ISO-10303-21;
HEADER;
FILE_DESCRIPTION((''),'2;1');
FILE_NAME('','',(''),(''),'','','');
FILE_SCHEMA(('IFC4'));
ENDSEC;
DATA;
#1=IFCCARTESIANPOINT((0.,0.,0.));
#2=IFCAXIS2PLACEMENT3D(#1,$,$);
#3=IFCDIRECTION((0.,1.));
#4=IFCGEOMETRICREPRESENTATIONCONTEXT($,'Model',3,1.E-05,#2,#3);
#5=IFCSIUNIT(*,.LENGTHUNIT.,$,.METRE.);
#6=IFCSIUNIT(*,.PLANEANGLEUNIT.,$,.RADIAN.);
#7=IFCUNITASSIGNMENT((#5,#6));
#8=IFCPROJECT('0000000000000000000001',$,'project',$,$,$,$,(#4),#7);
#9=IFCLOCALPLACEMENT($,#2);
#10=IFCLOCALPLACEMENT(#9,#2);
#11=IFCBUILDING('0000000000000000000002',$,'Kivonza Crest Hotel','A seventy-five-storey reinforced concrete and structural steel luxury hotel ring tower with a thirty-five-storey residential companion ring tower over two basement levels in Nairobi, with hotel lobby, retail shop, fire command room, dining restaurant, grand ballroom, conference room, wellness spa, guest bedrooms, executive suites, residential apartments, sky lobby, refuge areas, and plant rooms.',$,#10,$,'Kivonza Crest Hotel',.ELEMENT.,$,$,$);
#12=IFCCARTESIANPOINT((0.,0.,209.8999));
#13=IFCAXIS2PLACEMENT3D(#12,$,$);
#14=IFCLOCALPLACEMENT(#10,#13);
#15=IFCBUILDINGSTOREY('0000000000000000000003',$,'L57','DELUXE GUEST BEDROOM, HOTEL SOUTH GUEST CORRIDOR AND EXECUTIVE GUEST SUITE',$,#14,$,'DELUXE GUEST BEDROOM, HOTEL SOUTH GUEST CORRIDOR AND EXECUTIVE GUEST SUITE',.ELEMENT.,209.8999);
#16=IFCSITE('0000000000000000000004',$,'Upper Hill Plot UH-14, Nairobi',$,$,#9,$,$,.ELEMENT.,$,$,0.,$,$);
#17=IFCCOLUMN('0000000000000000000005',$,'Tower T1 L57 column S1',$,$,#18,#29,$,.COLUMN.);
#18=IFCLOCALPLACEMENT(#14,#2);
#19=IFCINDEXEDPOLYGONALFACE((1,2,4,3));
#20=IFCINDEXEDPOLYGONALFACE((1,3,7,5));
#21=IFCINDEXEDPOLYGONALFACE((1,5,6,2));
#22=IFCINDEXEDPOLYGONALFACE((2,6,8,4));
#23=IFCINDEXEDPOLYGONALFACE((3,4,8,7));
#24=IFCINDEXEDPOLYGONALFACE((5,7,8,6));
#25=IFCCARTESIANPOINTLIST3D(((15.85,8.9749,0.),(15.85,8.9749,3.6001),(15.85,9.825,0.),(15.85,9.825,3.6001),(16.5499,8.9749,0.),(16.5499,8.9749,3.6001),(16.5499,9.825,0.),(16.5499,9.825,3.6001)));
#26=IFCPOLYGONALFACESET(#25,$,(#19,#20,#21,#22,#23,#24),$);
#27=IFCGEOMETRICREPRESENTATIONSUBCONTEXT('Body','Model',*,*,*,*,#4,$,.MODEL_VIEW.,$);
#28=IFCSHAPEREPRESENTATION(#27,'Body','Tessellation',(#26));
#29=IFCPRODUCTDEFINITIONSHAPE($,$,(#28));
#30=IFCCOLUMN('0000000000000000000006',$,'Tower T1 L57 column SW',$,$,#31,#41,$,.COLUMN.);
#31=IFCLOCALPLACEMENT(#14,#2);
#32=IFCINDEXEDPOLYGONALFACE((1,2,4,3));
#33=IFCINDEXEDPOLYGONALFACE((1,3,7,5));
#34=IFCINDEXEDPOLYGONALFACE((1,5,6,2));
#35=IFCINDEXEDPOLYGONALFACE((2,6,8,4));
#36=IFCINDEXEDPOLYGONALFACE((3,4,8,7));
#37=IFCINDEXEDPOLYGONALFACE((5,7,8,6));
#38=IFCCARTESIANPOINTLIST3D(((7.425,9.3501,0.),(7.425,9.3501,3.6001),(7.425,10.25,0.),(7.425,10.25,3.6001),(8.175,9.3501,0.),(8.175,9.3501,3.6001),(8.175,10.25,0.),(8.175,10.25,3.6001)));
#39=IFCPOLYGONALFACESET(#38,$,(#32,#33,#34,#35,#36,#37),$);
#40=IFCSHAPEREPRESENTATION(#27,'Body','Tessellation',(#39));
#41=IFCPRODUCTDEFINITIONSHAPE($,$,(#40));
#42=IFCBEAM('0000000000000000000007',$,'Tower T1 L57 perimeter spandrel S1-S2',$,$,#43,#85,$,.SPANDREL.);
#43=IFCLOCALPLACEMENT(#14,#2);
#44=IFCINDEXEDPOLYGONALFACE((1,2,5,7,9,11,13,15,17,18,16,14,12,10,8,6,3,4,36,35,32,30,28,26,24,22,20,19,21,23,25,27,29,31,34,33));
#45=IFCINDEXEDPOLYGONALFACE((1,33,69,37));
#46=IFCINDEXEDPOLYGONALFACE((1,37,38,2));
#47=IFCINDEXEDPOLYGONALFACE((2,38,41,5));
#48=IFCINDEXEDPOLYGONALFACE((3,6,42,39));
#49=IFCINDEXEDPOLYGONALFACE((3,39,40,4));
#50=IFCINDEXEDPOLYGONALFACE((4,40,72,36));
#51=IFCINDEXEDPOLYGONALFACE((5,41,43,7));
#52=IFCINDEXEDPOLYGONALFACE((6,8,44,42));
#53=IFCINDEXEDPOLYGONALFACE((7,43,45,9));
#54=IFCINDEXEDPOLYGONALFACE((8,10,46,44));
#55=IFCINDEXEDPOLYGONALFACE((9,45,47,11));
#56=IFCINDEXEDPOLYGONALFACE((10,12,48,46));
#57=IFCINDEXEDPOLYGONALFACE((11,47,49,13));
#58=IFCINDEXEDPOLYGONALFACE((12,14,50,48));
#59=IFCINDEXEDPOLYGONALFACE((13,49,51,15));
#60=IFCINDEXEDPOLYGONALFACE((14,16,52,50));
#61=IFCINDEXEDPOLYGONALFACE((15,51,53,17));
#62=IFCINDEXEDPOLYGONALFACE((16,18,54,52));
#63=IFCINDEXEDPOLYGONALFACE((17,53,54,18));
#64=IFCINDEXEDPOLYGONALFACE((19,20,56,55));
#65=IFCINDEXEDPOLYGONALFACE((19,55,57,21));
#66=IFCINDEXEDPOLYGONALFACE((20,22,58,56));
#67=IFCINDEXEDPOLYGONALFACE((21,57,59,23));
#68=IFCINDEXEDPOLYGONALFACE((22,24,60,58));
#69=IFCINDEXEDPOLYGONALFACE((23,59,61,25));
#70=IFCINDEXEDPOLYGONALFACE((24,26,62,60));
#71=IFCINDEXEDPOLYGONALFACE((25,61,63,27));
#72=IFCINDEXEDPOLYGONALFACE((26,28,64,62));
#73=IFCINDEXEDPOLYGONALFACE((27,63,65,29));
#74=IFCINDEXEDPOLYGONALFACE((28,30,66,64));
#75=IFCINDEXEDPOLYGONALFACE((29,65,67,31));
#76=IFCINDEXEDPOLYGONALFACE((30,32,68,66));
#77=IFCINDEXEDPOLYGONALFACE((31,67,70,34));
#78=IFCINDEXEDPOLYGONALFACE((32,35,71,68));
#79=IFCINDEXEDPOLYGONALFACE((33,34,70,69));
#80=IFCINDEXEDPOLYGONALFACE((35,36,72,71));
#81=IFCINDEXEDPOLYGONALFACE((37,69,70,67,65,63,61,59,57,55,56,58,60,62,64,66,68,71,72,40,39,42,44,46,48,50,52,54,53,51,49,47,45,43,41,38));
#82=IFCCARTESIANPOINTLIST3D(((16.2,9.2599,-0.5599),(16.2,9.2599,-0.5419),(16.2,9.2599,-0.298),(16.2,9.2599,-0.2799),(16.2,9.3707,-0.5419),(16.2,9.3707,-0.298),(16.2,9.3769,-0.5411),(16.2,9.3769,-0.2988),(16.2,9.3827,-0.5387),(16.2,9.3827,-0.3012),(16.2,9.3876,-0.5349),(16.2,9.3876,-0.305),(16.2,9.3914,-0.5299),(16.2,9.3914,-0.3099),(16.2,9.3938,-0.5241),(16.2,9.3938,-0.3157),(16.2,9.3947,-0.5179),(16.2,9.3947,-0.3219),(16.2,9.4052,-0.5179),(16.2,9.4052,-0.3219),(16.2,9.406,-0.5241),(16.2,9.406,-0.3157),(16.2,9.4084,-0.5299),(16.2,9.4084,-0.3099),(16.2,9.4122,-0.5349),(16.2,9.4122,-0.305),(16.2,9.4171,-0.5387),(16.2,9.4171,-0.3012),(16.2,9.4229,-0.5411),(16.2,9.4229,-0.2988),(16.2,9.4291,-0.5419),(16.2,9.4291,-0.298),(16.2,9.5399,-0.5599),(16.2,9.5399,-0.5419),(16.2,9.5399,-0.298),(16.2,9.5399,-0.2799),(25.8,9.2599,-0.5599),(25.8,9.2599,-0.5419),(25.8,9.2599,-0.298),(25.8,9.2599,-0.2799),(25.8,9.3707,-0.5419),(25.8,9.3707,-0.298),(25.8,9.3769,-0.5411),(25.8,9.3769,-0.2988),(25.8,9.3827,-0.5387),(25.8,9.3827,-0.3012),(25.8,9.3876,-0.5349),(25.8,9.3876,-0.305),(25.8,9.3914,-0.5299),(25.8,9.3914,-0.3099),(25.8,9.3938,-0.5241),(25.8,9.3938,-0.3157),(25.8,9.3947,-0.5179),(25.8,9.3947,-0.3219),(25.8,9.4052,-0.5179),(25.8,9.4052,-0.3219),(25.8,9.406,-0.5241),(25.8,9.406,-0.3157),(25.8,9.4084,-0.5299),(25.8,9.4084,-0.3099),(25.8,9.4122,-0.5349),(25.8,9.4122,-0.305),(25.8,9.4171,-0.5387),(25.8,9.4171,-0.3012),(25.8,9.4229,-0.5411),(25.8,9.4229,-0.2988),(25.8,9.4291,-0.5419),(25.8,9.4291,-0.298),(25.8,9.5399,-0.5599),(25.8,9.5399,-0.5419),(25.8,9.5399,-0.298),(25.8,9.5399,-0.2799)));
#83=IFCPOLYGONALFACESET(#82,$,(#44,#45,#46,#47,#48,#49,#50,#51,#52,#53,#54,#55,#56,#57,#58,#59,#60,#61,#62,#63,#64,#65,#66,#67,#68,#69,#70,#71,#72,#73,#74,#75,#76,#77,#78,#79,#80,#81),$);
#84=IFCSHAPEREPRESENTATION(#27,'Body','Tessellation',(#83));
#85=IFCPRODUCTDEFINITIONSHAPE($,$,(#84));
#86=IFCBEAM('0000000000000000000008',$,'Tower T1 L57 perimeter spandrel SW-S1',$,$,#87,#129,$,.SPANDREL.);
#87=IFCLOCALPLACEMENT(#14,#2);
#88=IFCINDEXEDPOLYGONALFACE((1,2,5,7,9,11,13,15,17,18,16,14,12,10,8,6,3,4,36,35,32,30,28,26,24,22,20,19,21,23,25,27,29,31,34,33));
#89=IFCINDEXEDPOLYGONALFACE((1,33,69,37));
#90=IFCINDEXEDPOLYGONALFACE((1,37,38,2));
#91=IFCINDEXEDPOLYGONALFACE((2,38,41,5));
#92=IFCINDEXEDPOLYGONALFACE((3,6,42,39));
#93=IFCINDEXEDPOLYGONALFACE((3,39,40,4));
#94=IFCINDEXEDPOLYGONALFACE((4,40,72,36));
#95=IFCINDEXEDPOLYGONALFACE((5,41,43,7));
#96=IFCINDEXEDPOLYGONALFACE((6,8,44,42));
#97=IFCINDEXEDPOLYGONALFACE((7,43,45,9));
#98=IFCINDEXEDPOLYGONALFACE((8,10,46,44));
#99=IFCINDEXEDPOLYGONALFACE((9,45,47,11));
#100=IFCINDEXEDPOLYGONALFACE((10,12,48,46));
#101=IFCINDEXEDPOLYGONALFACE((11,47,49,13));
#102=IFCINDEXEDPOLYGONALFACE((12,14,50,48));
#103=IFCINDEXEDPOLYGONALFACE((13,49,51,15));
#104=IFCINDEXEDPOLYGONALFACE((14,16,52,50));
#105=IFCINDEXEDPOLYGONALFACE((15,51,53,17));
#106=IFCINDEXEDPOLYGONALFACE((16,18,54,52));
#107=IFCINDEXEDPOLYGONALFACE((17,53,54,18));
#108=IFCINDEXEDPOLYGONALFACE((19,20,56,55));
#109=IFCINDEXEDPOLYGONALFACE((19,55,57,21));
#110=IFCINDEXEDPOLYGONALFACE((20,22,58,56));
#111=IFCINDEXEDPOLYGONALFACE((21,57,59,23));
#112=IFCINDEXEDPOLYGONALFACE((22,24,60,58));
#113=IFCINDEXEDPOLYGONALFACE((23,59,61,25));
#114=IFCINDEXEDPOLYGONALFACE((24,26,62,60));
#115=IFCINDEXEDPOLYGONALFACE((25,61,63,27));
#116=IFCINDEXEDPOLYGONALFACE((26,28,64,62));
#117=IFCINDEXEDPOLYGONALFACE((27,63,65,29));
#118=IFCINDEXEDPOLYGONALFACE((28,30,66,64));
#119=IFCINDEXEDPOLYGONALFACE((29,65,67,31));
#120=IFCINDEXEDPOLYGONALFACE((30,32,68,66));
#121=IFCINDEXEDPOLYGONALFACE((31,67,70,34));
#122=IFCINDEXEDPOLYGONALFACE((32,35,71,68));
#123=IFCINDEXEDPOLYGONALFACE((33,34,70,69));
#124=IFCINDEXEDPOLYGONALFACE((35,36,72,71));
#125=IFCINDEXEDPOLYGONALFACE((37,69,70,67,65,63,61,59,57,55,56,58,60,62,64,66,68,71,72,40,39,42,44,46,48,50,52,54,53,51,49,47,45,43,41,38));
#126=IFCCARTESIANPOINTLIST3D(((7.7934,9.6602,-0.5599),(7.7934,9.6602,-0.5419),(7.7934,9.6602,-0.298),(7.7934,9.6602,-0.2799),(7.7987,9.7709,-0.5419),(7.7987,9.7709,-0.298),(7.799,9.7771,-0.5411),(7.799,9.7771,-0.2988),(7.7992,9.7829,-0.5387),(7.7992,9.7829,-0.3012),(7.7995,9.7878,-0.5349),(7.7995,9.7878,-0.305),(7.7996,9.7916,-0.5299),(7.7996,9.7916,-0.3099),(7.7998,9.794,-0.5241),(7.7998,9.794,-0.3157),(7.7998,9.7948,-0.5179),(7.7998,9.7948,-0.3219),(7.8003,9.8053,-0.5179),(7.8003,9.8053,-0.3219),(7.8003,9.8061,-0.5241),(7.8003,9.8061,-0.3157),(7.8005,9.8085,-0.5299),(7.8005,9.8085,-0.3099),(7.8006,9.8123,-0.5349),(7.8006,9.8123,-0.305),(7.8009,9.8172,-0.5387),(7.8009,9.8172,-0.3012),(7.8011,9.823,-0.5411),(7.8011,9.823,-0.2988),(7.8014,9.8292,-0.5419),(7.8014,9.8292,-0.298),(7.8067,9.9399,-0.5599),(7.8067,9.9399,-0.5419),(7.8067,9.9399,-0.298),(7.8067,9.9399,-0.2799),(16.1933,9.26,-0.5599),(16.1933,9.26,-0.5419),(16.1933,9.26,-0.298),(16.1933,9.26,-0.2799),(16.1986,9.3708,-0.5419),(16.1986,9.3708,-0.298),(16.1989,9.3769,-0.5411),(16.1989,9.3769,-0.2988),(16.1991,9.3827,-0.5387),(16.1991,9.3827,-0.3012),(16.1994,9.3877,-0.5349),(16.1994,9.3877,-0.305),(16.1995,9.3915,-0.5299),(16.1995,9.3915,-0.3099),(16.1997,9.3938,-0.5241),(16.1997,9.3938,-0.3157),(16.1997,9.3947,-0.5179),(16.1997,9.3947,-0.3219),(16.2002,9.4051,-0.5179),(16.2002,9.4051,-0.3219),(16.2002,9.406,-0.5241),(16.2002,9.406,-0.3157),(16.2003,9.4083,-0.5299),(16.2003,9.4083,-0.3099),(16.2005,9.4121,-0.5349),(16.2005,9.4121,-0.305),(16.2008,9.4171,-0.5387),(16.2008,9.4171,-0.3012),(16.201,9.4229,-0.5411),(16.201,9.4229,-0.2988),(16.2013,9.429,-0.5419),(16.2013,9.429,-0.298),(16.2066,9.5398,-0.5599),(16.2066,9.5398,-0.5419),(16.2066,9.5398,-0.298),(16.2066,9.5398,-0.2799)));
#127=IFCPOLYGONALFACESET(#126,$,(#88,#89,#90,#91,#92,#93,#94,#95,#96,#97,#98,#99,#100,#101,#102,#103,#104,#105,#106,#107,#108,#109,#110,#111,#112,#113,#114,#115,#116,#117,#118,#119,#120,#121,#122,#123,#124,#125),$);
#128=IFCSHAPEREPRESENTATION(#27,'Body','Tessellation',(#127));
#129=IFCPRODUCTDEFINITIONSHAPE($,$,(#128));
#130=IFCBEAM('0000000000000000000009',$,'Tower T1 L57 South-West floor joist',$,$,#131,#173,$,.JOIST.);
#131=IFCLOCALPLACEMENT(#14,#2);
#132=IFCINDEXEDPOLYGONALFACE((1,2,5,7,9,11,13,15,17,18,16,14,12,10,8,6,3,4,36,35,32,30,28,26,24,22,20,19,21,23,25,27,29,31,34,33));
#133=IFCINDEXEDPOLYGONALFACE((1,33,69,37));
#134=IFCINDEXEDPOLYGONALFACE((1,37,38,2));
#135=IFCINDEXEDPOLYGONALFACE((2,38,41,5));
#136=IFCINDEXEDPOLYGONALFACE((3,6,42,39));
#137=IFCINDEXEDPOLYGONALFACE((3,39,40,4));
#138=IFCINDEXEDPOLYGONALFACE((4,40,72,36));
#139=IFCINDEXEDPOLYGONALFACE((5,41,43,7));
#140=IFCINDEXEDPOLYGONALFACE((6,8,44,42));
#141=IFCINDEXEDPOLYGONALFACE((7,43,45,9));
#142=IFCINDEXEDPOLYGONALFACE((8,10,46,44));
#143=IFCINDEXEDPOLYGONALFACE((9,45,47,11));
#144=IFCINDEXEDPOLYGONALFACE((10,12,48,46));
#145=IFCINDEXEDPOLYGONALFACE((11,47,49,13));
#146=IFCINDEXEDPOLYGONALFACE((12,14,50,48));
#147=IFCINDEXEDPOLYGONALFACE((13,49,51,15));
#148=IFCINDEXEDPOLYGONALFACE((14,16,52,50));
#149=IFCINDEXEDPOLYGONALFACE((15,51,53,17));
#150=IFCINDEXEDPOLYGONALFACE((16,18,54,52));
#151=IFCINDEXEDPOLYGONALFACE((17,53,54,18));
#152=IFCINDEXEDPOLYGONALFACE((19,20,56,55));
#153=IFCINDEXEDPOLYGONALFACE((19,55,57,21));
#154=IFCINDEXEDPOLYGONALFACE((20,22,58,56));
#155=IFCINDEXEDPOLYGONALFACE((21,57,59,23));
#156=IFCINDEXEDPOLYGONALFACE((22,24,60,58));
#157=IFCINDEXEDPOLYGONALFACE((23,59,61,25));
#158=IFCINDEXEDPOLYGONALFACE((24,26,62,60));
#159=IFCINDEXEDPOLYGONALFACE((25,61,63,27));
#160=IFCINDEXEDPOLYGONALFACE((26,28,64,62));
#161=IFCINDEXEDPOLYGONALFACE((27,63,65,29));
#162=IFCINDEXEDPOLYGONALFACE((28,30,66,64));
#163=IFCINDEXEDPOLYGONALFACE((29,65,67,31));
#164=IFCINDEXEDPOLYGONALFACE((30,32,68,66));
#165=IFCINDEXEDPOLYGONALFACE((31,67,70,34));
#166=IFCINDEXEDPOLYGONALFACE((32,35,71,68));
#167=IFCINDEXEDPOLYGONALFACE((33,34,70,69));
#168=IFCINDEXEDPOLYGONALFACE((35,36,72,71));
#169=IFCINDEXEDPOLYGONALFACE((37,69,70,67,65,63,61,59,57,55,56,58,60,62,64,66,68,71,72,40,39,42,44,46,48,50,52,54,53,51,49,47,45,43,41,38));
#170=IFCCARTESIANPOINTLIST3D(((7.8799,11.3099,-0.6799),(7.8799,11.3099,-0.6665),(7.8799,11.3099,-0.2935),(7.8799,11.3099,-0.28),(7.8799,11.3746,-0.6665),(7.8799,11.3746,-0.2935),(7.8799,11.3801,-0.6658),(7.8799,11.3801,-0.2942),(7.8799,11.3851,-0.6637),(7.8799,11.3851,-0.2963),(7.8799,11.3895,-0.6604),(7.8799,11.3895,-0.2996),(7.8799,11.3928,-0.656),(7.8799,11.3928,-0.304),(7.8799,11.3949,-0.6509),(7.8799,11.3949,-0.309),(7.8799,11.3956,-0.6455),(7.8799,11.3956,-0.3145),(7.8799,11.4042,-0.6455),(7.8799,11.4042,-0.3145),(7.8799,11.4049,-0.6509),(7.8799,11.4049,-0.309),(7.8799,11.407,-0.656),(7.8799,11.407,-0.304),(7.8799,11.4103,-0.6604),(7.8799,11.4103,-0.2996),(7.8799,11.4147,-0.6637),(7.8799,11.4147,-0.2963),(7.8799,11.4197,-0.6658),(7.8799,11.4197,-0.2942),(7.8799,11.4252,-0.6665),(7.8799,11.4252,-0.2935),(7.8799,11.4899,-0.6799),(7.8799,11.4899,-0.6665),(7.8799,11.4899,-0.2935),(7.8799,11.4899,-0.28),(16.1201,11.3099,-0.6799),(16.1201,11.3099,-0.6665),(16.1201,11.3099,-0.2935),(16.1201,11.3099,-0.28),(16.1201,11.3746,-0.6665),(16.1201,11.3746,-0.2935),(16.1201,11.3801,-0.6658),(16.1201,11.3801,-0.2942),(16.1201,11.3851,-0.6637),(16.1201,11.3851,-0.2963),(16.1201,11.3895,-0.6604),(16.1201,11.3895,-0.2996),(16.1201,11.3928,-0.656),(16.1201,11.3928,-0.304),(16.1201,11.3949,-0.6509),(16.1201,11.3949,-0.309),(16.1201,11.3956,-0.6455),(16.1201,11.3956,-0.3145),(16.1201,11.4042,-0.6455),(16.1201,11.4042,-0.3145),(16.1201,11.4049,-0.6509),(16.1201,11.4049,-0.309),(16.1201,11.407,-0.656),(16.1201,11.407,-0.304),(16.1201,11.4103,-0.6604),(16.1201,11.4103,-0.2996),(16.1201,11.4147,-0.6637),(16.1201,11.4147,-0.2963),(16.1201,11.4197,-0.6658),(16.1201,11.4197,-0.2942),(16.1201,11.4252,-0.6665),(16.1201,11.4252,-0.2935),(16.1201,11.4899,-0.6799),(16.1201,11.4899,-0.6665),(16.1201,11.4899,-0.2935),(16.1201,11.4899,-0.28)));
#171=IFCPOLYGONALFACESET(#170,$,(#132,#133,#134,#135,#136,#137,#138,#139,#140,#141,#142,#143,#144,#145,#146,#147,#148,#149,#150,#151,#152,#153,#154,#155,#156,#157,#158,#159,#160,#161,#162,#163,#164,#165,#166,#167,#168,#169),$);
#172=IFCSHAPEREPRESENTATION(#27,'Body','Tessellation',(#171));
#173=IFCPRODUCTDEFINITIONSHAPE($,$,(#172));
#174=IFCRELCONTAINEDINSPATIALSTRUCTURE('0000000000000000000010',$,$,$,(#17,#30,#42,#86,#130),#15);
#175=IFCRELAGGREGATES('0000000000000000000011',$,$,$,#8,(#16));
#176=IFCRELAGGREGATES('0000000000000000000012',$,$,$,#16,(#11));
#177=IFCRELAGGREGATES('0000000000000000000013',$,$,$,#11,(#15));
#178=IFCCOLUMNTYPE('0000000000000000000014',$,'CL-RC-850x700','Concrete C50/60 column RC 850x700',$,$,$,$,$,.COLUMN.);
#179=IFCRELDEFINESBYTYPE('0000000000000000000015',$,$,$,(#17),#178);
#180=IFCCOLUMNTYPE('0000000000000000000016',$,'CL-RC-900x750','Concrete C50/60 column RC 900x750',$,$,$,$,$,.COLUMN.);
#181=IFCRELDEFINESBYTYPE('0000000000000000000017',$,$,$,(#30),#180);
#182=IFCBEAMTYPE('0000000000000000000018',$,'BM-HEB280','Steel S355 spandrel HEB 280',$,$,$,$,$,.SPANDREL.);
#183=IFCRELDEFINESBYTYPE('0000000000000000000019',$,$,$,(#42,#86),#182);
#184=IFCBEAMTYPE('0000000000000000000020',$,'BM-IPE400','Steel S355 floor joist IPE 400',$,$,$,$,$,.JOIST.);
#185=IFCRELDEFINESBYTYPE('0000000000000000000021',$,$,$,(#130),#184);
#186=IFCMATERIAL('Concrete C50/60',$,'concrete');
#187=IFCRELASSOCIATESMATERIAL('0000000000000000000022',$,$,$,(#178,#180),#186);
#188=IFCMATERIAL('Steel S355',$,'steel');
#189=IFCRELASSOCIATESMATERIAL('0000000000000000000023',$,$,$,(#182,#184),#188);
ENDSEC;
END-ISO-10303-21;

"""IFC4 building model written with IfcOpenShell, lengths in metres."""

from ifc_helpers import new_model, si_unit, direction, frame, origin, origin_2d, place, context, subcontext, project, spatial, rectangle, i_section, extrude, material, material_profile, profile_set, type_object, element, save


model = new_model("IFC4")

# Units and contexts
model_context = context("Model", 3, precision=1e-05, world=origin(), true_north=direction((0.0, 1.0)))
body_context = subcontext(model_context, "Body", "Model", "MODEL_VIEW")
ifc_project = project(units=[si_unit("LENGTHUNIT", "METRE"), si_unit("PLANEANGLEUNIT", "RADIAN")], contexts=[model_context])

# Site, building, storey
site_placement = place(None, origin())
site = spatial("IfcSite", under=ifc_project, at=site_placement, Name="Upper Hill Plot UH-14, Nairobi", CompositionType="ELEMENT", RefElevation=0.0)
building_placement = place(site_placement, origin())
building = spatial("IfcBuilding", under=site, at=building_placement, Name="Kivonza Crest Hotel", Description="A seventy-five-storey reinforced concrete and structural steel luxury hotel ring tower with a thirty-five-storey residential companion ring tower over two basement levels in Nairobi, with hotel lobby, retail shop, fire command room, dining restaurant, grand ballroom, conference room, wellness spa, guest bedrooms, executive suites, residential apartments, sky lobby, refuge areas, and plant rooms.", LongName="Kivonza Crest Hotel", CompositionType="ELEMENT")
storey_placement = place(building_placement, frame((0.0, 0.0, 209.8999)))
storey = spatial("IfcBuildingStorey", under=building, at=storey_placement, Name="L57", Description="DELUXE GUEST BEDROOM, HOTEL SOUTH GUEST CORRIDOR AND EXECUTIVE GUEST SUITE", LongName="DELUXE GUEST BEDROOM, HOTEL SOUTH GUEST CORRIDOR AND EXECUTIVE GUEST SUITE", CompositionType="ELEMENT", Elevation=209.8999)

# Columns
ifc_material_1 = material(Name="Concrete C50/60", Category="concrete")
ifc_material_profile_1 = material_profile(ifc_material_1, rectangle(XDim=0.7, YDim=0.8501, at=origin_2d()), Name="RC 850x700")
ifc_profile_set_1 = profile_set([ifc_material_profile_1], Name="Concrete C50/60")
column_type_1 = type_object("IfcColumnType", Name="CL-RC-850x700", Description="Concrete C50/60 column RC 850x700", PredefinedType="COLUMN", material=ifc_profile_set_1)
column_1_placement = place(storey_placement, frame((16.2, 9.3999, 0.0), z_axis=(0.0, 0.0, 1.0), x_axis=(1.0, 0.0, 0.0)))
element("IfcColumn", 1, at=column_1_placement, inside=storey, type_object=column_type_1, Name="Tower T1 L57 column S1", PredefinedType="COLUMN", context=body_context, shape_type="SweptSolid", body=[
    extrude(rectangle(XDim=0.7, YDim=0.8501, at=origin_2d()), origin(), (0.0, 0.0, 1.0), 3.6001),
])
ifc_material_profile_2 = material_profile(ifc_material_1, rectangle(XDim=0.75, YDim=0.8999, at=origin_2d()), Name="RC 900x750")
ifc_profile_set_2 = profile_set([ifc_material_profile_2], Name="Concrete C50/60")
column_type_2 = type_object("IfcColumnType", Name="CL-RC-900x750", Description="Concrete C50/60 column RC 900x750", PredefinedType="COLUMN", material=ifc_profile_set_2)
column_2_placement = place(storey_placement, frame((7.8, 9.8, 0.0), z_axis=(0.0, 0.0, 1.0), x_axis=(1.0, 0.0, 0.0)))
element("IfcColumn", 2, at=column_2_placement, inside=storey, type_object=column_type_2, Name="Tower T1 L57 column SW", PredefinedType="COLUMN", context=body_context, shape_type="SweptSolid", body=[
    extrude(rectangle(XDim=0.75, YDim=0.8999, at=origin_2d()), origin(), (0.0, 0.0, 1.0), 3.6001),
])

# Beams
ifc_material_2 = material(Name="Steel S355", Category="steel")
ifc_material_profile_3 = material_profile(ifc_material_2, i_section(OverallWidth=0.28, OverallDepth=0.28, WebThickness=0.0105, FlangeThickness=0.0181, FilletRadius=0.0239, at=origin_2d()), Name="HEB 280")
ifc_profile_set_3 = profile_set([ifc_material_profile_3], Name="Steel S355")
beam_type_1 = type_object("IfcBeamType", Name="BM-HEB280", Description="Steel S355 spandrel HEB 280", PredefinedType="SPANDREL", material=ifc_profile_set_3)
beam_1_placement = place(storey_placement, frame((16.2, 9.3999, -0.4199), z_axis=(1.0, 0.0, 0.0), x_axis=(0.0, 1.0, 0.0)))
element("IfcBeam", 3, at=beam_1_placement, inside=storey, type_object=beam_type_1, Name="Tower T1 L57 perimeter spandrel S1-S2", PredefinedType="SPANDREL", context=body_context, shape_type="SweptSolid", body=[
    extrude(i_section(OverallWidth=0.28, OverallDepth=0.28, WebThickness=0.0105, FlangeThickness=0.0181, FilletRadius=0.0239, at=origin_2d()), origin(), (0.0, 0.0, 1.0), 9.6001),
])
beam_2_placement = place(storey_placement, frame((7.8, 9.8, -0.4199), z_axis=(0.998867, -0.047583, 0.0), x_axis=(0.047583, 0.998867, 0.0)))
element("IfcBeam", 4, at=beam_2_placement, inside=storey, type_object=beam_type_1, Name="Tower T1 L57 perimeter spandrel SW-S1", PredefinedType="SPANDREL", context=body_context, shape_type="SweptSolid", body=[
    extrude(i_section(OverallWidth=0.28, OverallDepth=0.28, WebThickness=0.0105, FlangeThickness=0.0181, FilletRadius=0.0239, at=origin_2d()), origin(), (0.0, 0.0, 1.0), 8.4094),
])
ifc_material_profile_4 = material_profile(ifc_material_2, i_section(OverallWidth=0.1799, OverallDepth=0.3999, WebThickness=0.0085, FlangeThickness=0.0134, FilletRadius=0.021, at=origin_2d()), Name="IPE 400")
ifc_profile_set_4 = profile_set([ifc_material_profile_4], Name="Steel S355")
beam_type_2 = type_object("IfcBeamType", Name="BM-IPE400", Description="Steel S355 floor joist IPE 400", PredefinedType="JOIST", material=ifc_profile_set_4)
beam_3_placement = place(storey_placement, frame((7.8799, 11.3999, -0.48), z_axis=(1.0, 0.0, 0.0), x_axis=(0.0, 1.0, 0.0)))
element("IfcBeam", 5, at=beam_3_placement, inside=storey, type_object=beam_type_2, Name="Tower T1 L57 South-West floor joist", PredefinedType="JOIST", context=body_context, shape_type="SweptSolid", body=[
    extrude(i_section(OverallWidth=0.1799, OverallDepth=0.3999, WebThickness=0.0085, FlangeThickness=0.0134, FilletRadius=0.021, at=origin_2d()), origin(), (0.0, 0.0, 1.0), 8.2402),
])

save(model, "model.ifc")
